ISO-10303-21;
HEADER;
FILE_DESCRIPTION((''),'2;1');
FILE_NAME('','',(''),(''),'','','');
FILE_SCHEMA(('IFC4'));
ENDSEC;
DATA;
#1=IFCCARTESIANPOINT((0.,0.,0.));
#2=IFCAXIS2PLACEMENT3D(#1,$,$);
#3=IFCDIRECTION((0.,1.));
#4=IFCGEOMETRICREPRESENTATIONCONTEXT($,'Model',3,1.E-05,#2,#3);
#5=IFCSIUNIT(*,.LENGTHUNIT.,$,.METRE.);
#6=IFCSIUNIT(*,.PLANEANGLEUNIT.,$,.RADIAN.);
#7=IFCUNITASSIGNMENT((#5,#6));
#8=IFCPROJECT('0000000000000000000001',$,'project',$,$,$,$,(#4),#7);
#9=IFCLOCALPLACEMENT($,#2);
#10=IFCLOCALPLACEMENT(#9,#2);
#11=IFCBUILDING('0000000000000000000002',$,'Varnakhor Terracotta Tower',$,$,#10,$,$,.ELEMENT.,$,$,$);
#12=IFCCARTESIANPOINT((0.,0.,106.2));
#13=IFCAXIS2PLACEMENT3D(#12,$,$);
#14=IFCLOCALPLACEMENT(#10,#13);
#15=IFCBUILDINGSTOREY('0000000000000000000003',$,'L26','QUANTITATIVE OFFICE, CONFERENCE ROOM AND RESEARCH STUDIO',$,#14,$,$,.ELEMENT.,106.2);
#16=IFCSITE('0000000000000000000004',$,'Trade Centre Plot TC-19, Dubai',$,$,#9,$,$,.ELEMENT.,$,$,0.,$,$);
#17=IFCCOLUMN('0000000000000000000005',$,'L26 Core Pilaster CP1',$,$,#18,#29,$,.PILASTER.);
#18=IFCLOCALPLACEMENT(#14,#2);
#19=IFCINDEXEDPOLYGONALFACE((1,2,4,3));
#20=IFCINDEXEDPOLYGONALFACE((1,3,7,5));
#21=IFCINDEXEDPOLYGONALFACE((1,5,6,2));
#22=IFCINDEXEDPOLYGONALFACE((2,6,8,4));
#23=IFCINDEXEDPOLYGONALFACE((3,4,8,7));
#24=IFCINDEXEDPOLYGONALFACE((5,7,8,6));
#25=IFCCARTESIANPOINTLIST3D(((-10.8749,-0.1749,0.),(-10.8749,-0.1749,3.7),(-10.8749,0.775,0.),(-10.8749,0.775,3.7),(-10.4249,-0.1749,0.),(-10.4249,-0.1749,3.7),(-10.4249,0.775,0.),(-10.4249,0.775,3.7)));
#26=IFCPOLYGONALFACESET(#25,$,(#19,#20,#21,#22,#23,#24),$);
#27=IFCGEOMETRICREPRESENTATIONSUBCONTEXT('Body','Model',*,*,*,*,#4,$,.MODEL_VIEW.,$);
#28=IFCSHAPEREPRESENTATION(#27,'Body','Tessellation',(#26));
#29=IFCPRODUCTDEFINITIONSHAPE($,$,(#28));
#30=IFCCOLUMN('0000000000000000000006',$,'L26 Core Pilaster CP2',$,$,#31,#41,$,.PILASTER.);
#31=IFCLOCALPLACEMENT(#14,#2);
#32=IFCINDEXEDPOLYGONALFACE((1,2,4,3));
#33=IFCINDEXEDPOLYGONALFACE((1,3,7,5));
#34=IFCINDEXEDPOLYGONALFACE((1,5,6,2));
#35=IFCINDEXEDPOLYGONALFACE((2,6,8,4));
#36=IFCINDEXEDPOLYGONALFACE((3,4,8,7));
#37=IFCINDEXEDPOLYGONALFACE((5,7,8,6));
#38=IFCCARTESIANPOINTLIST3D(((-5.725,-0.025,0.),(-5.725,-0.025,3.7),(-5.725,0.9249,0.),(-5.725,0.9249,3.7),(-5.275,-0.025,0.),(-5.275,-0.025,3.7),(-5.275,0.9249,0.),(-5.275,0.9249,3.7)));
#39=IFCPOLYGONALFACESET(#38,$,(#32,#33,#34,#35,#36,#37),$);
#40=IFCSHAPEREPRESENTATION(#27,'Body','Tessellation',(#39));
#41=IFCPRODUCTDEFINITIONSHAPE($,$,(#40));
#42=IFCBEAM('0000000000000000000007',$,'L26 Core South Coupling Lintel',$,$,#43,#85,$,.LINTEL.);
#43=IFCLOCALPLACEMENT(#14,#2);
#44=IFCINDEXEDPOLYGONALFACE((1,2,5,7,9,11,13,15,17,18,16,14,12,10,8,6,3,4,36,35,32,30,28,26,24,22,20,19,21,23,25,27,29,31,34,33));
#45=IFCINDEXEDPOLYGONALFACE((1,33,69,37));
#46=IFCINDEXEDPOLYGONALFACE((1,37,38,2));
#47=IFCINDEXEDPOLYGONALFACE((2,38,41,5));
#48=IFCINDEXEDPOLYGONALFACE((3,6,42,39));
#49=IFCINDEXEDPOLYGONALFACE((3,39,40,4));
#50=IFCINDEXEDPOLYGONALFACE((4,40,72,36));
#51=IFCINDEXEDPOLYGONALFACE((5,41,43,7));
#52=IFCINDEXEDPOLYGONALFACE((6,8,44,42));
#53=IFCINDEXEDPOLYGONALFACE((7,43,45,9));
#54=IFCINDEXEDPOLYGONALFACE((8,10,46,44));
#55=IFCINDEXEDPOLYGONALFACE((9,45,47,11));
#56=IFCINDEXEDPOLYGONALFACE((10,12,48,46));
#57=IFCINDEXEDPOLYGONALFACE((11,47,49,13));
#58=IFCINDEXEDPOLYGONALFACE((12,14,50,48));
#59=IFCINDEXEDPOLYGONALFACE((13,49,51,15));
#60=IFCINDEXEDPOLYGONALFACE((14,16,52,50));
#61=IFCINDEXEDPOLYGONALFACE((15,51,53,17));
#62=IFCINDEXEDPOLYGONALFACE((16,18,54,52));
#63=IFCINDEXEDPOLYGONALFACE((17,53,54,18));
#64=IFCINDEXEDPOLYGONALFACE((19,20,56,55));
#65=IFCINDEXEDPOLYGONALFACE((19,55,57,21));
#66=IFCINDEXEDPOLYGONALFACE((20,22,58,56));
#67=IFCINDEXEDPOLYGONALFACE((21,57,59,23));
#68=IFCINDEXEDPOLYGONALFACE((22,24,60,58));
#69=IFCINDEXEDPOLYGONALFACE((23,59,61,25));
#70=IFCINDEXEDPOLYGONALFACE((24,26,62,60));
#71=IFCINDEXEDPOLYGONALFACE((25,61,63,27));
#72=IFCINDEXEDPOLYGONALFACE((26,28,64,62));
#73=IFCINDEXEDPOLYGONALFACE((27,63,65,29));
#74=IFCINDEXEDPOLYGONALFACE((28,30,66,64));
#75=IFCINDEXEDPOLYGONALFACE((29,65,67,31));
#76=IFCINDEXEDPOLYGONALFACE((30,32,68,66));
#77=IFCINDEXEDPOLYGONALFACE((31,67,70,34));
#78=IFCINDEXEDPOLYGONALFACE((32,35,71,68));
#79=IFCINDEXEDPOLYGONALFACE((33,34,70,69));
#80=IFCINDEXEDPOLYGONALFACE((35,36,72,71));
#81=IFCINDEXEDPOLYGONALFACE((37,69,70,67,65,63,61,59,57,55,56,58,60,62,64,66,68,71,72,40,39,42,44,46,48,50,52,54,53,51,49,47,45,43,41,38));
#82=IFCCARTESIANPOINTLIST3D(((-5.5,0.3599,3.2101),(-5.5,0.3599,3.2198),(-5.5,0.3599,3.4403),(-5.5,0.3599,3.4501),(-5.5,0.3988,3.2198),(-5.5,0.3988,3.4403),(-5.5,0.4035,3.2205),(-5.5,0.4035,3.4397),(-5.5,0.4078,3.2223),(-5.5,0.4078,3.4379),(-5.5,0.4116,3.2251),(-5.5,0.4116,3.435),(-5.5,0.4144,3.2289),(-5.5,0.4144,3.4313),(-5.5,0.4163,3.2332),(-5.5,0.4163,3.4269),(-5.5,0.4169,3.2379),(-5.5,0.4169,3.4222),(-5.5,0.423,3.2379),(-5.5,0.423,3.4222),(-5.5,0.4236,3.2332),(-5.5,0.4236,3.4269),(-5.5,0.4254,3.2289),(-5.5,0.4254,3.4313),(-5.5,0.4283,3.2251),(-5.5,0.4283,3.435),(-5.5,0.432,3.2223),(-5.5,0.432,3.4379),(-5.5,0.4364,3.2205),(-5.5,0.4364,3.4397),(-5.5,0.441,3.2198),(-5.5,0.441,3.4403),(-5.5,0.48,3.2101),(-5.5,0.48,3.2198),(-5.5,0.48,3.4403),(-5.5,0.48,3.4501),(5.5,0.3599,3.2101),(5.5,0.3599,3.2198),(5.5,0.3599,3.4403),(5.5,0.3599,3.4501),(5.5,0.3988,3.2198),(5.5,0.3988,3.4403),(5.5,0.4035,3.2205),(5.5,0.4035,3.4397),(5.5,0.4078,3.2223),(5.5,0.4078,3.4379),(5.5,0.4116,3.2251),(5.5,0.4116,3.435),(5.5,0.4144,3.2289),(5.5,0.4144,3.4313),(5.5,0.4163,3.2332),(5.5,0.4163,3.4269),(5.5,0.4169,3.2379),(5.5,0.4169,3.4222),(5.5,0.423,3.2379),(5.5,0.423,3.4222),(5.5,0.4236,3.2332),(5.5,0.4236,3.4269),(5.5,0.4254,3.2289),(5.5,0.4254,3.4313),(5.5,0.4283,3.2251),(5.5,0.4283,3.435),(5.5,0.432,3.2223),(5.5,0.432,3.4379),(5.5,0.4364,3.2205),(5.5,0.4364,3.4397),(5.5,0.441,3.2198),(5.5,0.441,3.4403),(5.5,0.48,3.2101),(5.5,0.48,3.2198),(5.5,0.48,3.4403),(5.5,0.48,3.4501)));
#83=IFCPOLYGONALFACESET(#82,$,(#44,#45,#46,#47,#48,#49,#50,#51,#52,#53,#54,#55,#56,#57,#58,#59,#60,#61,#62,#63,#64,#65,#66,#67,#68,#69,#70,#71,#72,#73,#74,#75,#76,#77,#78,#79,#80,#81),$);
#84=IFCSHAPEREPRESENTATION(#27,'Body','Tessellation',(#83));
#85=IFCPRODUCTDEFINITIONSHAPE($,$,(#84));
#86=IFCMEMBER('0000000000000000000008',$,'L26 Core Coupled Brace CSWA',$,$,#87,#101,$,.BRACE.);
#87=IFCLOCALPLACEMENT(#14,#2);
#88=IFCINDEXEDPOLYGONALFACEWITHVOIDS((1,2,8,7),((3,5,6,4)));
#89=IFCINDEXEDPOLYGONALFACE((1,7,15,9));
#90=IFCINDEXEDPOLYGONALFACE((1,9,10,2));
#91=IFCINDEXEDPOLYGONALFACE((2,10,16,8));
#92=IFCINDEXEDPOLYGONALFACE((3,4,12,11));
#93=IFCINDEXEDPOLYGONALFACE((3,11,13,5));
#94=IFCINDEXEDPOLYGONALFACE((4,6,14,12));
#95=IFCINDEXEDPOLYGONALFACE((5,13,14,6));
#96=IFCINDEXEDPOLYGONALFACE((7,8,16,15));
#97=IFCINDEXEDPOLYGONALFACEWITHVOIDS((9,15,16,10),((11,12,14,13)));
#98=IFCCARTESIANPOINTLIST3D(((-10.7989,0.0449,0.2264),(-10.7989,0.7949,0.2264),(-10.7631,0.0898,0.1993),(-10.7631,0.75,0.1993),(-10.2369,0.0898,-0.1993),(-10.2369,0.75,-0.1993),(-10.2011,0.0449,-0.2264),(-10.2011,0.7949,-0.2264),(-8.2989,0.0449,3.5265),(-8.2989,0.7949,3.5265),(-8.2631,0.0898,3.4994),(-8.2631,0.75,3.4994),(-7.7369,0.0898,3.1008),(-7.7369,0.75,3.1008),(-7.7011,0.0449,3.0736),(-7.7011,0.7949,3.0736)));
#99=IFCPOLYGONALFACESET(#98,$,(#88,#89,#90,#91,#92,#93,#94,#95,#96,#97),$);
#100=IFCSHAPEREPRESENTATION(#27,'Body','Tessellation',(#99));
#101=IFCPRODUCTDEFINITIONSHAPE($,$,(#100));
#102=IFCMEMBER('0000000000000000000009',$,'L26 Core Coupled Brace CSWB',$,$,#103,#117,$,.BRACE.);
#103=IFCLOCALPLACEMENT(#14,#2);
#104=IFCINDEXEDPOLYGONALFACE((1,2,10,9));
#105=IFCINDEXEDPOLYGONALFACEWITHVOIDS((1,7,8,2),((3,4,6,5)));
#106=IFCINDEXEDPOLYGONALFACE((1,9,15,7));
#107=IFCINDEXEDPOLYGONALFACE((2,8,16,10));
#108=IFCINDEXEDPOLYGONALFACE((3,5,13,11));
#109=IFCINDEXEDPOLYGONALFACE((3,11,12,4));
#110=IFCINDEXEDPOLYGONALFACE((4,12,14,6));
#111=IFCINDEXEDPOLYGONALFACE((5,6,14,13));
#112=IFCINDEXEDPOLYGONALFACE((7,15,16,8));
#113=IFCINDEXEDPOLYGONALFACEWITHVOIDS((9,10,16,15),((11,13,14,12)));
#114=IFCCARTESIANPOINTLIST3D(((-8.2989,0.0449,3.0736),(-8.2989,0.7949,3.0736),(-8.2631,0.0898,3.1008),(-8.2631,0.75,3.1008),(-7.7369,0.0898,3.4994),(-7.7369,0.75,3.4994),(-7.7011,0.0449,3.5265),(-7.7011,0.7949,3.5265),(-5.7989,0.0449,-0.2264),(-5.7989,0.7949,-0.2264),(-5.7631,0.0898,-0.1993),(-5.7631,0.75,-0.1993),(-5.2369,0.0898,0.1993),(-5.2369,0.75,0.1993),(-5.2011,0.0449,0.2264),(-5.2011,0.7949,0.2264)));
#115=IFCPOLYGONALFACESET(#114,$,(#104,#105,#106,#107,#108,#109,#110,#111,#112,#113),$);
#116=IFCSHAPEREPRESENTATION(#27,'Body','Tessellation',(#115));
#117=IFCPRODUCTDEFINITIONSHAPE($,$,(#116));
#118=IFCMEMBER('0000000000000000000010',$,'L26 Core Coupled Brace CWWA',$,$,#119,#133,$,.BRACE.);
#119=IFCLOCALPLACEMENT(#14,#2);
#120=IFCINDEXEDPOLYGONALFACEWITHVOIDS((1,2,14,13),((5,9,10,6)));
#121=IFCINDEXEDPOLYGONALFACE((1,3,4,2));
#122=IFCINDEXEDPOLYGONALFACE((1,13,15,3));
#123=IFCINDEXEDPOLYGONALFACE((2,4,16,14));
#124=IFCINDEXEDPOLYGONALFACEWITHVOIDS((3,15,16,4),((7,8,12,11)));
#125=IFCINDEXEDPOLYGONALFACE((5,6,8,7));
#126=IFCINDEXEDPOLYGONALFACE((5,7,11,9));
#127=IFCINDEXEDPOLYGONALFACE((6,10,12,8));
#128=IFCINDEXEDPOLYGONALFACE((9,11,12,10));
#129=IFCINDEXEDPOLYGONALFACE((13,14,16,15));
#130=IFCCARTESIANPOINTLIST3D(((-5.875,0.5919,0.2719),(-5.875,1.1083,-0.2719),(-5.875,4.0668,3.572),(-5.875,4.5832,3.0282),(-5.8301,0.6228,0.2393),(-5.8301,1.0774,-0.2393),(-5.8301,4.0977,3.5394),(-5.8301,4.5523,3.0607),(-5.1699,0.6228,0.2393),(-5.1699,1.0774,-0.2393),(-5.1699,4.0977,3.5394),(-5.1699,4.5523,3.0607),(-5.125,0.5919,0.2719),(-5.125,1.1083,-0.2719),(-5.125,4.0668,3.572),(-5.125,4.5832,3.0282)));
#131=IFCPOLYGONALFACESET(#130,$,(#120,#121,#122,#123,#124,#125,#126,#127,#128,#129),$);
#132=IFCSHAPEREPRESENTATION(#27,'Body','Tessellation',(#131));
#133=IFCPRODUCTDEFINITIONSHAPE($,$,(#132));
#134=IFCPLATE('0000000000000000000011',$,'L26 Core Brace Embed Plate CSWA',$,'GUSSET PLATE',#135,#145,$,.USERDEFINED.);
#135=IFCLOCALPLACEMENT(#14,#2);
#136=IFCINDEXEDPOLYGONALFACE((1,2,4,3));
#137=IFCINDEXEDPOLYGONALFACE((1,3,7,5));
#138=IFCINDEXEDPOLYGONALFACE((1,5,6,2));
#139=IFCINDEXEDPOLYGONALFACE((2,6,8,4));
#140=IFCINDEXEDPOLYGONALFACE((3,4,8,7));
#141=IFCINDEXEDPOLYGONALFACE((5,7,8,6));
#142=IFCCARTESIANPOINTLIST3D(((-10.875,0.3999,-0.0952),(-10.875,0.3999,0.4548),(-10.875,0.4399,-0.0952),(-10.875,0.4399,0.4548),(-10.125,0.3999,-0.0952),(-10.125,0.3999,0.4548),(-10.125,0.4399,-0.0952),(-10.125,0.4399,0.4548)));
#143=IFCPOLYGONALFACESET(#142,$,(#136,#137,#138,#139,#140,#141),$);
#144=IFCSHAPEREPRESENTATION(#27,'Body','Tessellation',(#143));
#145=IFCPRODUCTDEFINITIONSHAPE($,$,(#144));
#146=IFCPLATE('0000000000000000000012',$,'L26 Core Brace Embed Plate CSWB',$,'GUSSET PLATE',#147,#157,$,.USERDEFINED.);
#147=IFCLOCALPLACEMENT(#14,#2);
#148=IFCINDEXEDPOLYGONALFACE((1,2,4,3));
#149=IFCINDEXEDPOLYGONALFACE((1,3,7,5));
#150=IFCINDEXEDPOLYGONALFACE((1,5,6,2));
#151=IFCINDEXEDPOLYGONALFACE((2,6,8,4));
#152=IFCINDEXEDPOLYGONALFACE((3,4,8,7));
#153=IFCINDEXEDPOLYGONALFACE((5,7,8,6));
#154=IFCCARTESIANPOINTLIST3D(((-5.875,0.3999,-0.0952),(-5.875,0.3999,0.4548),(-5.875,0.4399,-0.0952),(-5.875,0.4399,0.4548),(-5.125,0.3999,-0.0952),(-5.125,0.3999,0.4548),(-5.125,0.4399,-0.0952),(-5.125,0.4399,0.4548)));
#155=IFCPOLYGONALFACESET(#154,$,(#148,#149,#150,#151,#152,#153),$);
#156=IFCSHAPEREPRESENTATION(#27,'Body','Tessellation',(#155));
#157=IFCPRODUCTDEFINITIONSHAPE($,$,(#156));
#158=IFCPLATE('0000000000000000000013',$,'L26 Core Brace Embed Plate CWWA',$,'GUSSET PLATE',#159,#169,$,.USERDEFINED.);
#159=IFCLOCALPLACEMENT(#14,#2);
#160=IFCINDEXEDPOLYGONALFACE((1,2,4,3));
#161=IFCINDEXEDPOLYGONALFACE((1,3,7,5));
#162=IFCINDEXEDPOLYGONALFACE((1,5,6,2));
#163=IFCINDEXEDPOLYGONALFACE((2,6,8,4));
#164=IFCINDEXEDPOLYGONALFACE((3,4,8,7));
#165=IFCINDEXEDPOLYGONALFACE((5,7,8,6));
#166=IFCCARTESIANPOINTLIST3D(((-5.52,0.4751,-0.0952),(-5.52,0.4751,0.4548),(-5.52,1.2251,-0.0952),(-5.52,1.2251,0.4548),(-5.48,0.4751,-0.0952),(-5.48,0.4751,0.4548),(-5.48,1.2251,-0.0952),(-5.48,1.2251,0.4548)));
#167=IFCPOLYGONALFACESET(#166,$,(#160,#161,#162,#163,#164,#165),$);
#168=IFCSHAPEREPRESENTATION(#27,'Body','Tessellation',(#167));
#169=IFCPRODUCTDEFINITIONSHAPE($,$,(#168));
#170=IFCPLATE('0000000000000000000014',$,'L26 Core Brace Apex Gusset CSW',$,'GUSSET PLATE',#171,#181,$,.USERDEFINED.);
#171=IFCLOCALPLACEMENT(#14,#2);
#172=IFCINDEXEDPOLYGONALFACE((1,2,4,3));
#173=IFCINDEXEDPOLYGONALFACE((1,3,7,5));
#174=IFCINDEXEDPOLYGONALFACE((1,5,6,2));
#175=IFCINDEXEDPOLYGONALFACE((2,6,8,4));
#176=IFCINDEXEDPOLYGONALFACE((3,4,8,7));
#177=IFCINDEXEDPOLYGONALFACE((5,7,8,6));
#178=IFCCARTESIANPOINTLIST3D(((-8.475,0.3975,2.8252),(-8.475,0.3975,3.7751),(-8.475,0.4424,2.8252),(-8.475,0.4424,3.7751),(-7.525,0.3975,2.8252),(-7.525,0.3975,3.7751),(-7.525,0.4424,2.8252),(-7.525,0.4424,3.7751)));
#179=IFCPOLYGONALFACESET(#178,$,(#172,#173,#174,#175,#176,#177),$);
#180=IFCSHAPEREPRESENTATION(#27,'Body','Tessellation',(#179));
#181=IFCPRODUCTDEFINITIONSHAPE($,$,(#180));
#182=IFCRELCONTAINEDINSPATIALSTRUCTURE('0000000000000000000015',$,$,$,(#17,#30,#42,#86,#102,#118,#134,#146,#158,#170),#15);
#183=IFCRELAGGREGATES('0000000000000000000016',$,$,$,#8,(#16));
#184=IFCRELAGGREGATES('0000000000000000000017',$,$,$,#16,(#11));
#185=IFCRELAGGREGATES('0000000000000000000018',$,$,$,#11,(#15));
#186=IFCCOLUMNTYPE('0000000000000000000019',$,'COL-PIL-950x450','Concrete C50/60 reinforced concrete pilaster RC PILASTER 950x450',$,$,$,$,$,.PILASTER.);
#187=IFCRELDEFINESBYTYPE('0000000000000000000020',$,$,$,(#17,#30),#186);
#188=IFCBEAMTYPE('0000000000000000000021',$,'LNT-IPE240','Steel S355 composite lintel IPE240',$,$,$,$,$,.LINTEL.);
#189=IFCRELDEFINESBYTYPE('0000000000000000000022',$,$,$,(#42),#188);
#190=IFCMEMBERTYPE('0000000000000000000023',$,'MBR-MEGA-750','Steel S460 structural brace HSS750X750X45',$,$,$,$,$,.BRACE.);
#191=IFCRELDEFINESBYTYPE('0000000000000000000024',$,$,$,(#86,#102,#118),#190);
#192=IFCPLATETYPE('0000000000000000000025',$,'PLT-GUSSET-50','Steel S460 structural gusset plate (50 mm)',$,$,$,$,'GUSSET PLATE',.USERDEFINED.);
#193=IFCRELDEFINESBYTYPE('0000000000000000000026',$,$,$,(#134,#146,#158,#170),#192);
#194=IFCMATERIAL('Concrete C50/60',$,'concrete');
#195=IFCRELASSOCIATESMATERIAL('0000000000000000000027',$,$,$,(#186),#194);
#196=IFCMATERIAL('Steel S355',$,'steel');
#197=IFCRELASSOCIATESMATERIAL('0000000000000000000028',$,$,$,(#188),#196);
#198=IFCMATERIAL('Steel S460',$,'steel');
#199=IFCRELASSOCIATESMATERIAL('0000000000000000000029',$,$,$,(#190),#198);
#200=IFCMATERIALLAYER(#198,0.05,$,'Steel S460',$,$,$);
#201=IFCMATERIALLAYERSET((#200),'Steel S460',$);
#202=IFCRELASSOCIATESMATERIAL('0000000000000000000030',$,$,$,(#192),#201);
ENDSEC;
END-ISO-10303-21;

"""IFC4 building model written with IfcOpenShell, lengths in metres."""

from ifc_helpers import new_model, si_unit, direction, frame, origin, origin_2d, place, context, subcontext, project, spatial, rectangle, hollow_rectangle, i_section, extrude, source, transform, mapped, material, layer, layer_set, material_profile, profile_set, type_object, type_shapes, element, save


model = new_model("IFC4")

# Units and contexts
model_context = context("Model", 3, precision=1e-05, world=origin(), true_north=direction((0.0, 1.0)))
body_context = subcontext(model_context, "Body", "Model", "MODEL_VIEW")
ifc_project = project(units=[si_unit("LENGTHUNIT", "METRE"), si_unit("PLANEANGLEUNIT", "RADIAN")], contexts=[model_context])

# Site, building, storey
site_placement = place(None, origin())
site = spatial("IfcSite", under=ifc_project, at=site_placement, Name="Trade Centre Plot TC-19, Dubai", CompositionType="ELEMENT", RefElevation=0.0)
building_placement = place(site_placement, origin())
building = spatial("IfcBuilding", under=site, at=building_placement, Name="Varnakhor Terracotta Tower", CompositionType="ELEMENT")
storey_placement = place(building_placement, frame((0.0, 0.0, 106.2)))
storey = spatial("IfcBuildingStorey", under=building, at=storey_placement, Name="L26", Description="QUANTITATIVE OFFICE, CONFERENCE ROOM AND RESEARCH STUDIO", CompositionType="ELEMENT", Elevation=106.2)

# Columns
ifc_material_1 = material(Name="Concrete C50/60", Category="concrete")
ifc_material_profile_1 = material_profile(ifc_material_1, rectangle(XDim=0.45, YDim=0.95, at=origin_2d()), Name="RC PILASTER 950x450")
ifc_profile_set_1 = profile_set([ifc_material_profile_1], Name="Concrete C50/60")
column_type = type_object("IfcColumnType", Name="COL-PIL-950x450", Description="Concrete C50/60 reinforced concrete pilaster RC PILASTER 950x450", PredefinedType="PILASTER", material=ifc_profile_set_1)
shared_shape_1 = source(origin(), body_context, "Body", "SweptSolid", [
    extrude(rectangle(XDim=0.45, YDim=0.95, at=origin_2d()), origin(), (0.0, 0.0, 1.0), 3.7),
])
for number, where, z_axis, x_axis, name in (
    (1, (-10.6499, 0.3, 0.0), (0.0, 0.0, 1.0), (1.0, 0.0, 0.0), "L26 Core Pilaster CP1"),
    (2, (-5.5, 0.45, 0.0), (0.0, 0.0, 1.0), (1.0, 0.0, 0.0), "L26 Core Pilaster CP2"),
):
    element("IfcColumn", number, at=place(storey_placement, frame(where, z_axis=z_axis, x_axis=x_axis)), inside=storey, type_object=column_type, Name=name, PredefinedType="PILASTER", context=body_context, shape_type="MappedRepresentation", body=[
        mapped(shared_shape_1, transform((0.0, 0.0, 0.0), scale=1.0)),
    ])

# Beam
ifc_material_2 = material(Name="Steel S355", Category="steel")
ifc_material_profile_2 = material_profile(ifc_material_2, i_section(OverallWidth=0.1201, OverallDepth=0.24, WebThickness=0.0061, FlangeThickness=0.0098, FilletRadius=0.0181, at=origin_2d()), Name="IPE240")
ifc_profile_set_2 = profile_set([ifc_material_profile_2], Name="Steel S355")
beam_type = type_object("IfcBeamType", Name="LNT-IPE240", Description="Steel S355 composite lintel IPE240", PredefinedType="LINTEL", material=ifc_profile_set_2)
shared_shape_2 = source(origin(), body_context, "Body", "SweptSolid", [
    extrude(i_section(OverallWidth=0.1201, OverallDepth=0.24, WebThickness=0.0061, FlangeThickness=0.0098, FilletRadius=0.0181, at=origin_2d()), origin(), (0.0, 0.0, 1.0), 11.0),
])
type_shapes(beam_type, [shared_shape_2])
beam_placement = place(storey_placement, frame((-5.5, 0.4199, 3.3301), z_axis=(1.0, 0.0, 0.0), x_axis=(0.0, 1.0, 0.0)))
element("IfcBeam", 3, at=beam_placement, inside=storey, type_object=beam_type, Name="L26 Core South Coupling Lintel", PredefinedType="LINTEL", context=body_context, shape_type="MappedRepresentation", body=[
    mapped(shared_shape_2, transform((0.0, 0.0, 0.0), scale=1.0)),
])

# Members
ifc_material_3 = material(Name="Steel S460", Category="steel")
ifc_material_profile_3 = material_profile(ifc_material_3, hollow_rectangle(XDim=0.75, YDim=0.75, WallThickness=0.0449, at=origin_2d()), Name="HSS750X750X45")
ifc_profile_set_3 = profile_set([ifc_material_profile_3], Name="Steel S460")
member_type = type_object("IfcMemberType", Name="MBR-MEGA-750", Description="Steel S460 structural brace HSS750X750X45", PredefinedType="BRACE", material=ifc_profile_set_3)
shared_shape_3 = source(origin(), body_context, "Body", "SweptSolid", [
    extrude(hollow_rectangle(XDim=0.75, YDim=0.75, WallThickness=0.0449, at=origin_2d()), origin(), (0.0, 0.0, 1.0), 4.1401),
])
type_shapes(member_type, [shared_shape_3])
for number, where, z_axis, x_axis, name in (
    (4, (-10.5, 0.4199, 0.0), (0.603852, 0.0, 0.797096), (0.0, 1.0, 0.0), "L26 Core Coupled Brace CSWA"),
    (5, (-5.5, 0.4199, 0.0), (-0.603852, 0.0, 0.797096), (0.0, -1.0, 0.0), "L26 Core Coupled Brace CSWB"),
):
    element("IfcMember", number, at=place(storey_placement, frame(where, z_axis=z_axis, x_axis=x_axis)), inside=storey, type_object=member_type, Name=name, PredefinedType="BRACE", context=body_context, shape_type="MappedRepresentation", body=[
        mapped(shared_shape_3, transform((0.0, 0.0, 0.0), scale=1.0)),
    ])
shared_shape_4 = source(origin(), body_context, "Body", "SweptSolid", [
    extrude(hollow_rectangle(XDim=0.75, YDim=0.75, WallThickness=0.0449, at=origin_2d()), origin(), (0.0, 0.0, 1.0), 4.7922),
])
member_placement = place(storey_placement, frame((-5.5, 0.8501, 0.0), z_axis=(0.0, 0.72511, 0.688633), x_axis=(-1.0, 0.0, 0.0)))
element("IfcMember", 6, at=member_placement, inside=storey, type_object=member_type, Name="L26 Core Coupled Brace CWWA", PredefinedType="BRACE", context=body_context, shape_type="MappedRepresentation", body=[
    mapped(shared_shape_4, transform((0.0, 0.0, 0.0), scale=1.0)),
])

# Plates
ifc_layer_1 = layer(ifc_material_3, 0.05, Name="Steel S460")
ifc_layer_set_1 = layer_set([ifc_layer_1], Name="Steel S460")
plate_type = type_object("IfcPlateType", Name="PLT-GUSSET-50", Description="Steel S460 structural gusset plate (50 mm)", ElementType="GUSSET PLATE", PredefinedType="USERDEFINED", material=ifc_layer_set_1)
shared_shape_5 = source(origin(), body_context, "Body", "SweptSolid", [
    extrude(rectangle(XDim=0.75, YDim=0.04, at=origin_2d()), origin(), (0.0, 0.0, 1.0), 0.55),
])
type_shapes(plate_type, [shared_shape_5])
for number, where, z_axis, x_axis, name in (
    (7, (-10.5, 0.4199, -0.0952), (0.0, 0.0, 1.0), (1.0, 0.0, 0.0), "L26 Core Brace Embed Plate CSWA"),
    (8, (-5.5, 0.4199, -0.0952), (0.0, 0.0, 1.0), (1.0, 0.0, 0.0), "L26 Core Brace Embed Plate CSWB"),
    (9, (-5.5, 0.8501, -0.0952), (0.0, 0.0, 1.0), (0.0, 1.0, 0.0), "L26 Core Brace Embed Plate CWWA"),
):
    element("IfcPlate", number, at=place(storey_placement, frame(where, z_axis=z_axis, x_axis=x_axis)), inside=storey, type_object=plate_type, Name=name, ObjectType="GUSSET PLATE", PredefinedType="USERDEFINED", context=body_context, shape_type="MappedRepresentation", body=[
        mapped(shared_shape_5, transform((0.0, 0.0, 0.0), scale=1.0)),
    ])
shared_shape_6 = source(origin(), body_context, "Body", "SweptSolid", [
    extrude(rectangle(XDim=0.95, YDim=0.0449, at=origin_2d()), origin(), (0.0, 0.0, 1.0), 0.95),
])
plate_placement = place(storey_placement, frame((-8.0, 0.4199, 2.8252), z_axis=(0.0, 0.0, 1.0), x_axis=(1.0, 0.0, 0.0)))
element("IfcPlate", 10, at=plate_placement, inside=storey, type_object=plate_type, Name="L26 Core Brace Apex Gusset CSW", ObjectType="GUSSET PLATE", PredefinedType="USERDEFINED", context=body_context, shape_type="MappedRepresentation", body=[
    mapped(shared_shape_6, transform((0.0, 0.0, 0.0), scale=1.0)),
])

save(model, "model.ifc")
